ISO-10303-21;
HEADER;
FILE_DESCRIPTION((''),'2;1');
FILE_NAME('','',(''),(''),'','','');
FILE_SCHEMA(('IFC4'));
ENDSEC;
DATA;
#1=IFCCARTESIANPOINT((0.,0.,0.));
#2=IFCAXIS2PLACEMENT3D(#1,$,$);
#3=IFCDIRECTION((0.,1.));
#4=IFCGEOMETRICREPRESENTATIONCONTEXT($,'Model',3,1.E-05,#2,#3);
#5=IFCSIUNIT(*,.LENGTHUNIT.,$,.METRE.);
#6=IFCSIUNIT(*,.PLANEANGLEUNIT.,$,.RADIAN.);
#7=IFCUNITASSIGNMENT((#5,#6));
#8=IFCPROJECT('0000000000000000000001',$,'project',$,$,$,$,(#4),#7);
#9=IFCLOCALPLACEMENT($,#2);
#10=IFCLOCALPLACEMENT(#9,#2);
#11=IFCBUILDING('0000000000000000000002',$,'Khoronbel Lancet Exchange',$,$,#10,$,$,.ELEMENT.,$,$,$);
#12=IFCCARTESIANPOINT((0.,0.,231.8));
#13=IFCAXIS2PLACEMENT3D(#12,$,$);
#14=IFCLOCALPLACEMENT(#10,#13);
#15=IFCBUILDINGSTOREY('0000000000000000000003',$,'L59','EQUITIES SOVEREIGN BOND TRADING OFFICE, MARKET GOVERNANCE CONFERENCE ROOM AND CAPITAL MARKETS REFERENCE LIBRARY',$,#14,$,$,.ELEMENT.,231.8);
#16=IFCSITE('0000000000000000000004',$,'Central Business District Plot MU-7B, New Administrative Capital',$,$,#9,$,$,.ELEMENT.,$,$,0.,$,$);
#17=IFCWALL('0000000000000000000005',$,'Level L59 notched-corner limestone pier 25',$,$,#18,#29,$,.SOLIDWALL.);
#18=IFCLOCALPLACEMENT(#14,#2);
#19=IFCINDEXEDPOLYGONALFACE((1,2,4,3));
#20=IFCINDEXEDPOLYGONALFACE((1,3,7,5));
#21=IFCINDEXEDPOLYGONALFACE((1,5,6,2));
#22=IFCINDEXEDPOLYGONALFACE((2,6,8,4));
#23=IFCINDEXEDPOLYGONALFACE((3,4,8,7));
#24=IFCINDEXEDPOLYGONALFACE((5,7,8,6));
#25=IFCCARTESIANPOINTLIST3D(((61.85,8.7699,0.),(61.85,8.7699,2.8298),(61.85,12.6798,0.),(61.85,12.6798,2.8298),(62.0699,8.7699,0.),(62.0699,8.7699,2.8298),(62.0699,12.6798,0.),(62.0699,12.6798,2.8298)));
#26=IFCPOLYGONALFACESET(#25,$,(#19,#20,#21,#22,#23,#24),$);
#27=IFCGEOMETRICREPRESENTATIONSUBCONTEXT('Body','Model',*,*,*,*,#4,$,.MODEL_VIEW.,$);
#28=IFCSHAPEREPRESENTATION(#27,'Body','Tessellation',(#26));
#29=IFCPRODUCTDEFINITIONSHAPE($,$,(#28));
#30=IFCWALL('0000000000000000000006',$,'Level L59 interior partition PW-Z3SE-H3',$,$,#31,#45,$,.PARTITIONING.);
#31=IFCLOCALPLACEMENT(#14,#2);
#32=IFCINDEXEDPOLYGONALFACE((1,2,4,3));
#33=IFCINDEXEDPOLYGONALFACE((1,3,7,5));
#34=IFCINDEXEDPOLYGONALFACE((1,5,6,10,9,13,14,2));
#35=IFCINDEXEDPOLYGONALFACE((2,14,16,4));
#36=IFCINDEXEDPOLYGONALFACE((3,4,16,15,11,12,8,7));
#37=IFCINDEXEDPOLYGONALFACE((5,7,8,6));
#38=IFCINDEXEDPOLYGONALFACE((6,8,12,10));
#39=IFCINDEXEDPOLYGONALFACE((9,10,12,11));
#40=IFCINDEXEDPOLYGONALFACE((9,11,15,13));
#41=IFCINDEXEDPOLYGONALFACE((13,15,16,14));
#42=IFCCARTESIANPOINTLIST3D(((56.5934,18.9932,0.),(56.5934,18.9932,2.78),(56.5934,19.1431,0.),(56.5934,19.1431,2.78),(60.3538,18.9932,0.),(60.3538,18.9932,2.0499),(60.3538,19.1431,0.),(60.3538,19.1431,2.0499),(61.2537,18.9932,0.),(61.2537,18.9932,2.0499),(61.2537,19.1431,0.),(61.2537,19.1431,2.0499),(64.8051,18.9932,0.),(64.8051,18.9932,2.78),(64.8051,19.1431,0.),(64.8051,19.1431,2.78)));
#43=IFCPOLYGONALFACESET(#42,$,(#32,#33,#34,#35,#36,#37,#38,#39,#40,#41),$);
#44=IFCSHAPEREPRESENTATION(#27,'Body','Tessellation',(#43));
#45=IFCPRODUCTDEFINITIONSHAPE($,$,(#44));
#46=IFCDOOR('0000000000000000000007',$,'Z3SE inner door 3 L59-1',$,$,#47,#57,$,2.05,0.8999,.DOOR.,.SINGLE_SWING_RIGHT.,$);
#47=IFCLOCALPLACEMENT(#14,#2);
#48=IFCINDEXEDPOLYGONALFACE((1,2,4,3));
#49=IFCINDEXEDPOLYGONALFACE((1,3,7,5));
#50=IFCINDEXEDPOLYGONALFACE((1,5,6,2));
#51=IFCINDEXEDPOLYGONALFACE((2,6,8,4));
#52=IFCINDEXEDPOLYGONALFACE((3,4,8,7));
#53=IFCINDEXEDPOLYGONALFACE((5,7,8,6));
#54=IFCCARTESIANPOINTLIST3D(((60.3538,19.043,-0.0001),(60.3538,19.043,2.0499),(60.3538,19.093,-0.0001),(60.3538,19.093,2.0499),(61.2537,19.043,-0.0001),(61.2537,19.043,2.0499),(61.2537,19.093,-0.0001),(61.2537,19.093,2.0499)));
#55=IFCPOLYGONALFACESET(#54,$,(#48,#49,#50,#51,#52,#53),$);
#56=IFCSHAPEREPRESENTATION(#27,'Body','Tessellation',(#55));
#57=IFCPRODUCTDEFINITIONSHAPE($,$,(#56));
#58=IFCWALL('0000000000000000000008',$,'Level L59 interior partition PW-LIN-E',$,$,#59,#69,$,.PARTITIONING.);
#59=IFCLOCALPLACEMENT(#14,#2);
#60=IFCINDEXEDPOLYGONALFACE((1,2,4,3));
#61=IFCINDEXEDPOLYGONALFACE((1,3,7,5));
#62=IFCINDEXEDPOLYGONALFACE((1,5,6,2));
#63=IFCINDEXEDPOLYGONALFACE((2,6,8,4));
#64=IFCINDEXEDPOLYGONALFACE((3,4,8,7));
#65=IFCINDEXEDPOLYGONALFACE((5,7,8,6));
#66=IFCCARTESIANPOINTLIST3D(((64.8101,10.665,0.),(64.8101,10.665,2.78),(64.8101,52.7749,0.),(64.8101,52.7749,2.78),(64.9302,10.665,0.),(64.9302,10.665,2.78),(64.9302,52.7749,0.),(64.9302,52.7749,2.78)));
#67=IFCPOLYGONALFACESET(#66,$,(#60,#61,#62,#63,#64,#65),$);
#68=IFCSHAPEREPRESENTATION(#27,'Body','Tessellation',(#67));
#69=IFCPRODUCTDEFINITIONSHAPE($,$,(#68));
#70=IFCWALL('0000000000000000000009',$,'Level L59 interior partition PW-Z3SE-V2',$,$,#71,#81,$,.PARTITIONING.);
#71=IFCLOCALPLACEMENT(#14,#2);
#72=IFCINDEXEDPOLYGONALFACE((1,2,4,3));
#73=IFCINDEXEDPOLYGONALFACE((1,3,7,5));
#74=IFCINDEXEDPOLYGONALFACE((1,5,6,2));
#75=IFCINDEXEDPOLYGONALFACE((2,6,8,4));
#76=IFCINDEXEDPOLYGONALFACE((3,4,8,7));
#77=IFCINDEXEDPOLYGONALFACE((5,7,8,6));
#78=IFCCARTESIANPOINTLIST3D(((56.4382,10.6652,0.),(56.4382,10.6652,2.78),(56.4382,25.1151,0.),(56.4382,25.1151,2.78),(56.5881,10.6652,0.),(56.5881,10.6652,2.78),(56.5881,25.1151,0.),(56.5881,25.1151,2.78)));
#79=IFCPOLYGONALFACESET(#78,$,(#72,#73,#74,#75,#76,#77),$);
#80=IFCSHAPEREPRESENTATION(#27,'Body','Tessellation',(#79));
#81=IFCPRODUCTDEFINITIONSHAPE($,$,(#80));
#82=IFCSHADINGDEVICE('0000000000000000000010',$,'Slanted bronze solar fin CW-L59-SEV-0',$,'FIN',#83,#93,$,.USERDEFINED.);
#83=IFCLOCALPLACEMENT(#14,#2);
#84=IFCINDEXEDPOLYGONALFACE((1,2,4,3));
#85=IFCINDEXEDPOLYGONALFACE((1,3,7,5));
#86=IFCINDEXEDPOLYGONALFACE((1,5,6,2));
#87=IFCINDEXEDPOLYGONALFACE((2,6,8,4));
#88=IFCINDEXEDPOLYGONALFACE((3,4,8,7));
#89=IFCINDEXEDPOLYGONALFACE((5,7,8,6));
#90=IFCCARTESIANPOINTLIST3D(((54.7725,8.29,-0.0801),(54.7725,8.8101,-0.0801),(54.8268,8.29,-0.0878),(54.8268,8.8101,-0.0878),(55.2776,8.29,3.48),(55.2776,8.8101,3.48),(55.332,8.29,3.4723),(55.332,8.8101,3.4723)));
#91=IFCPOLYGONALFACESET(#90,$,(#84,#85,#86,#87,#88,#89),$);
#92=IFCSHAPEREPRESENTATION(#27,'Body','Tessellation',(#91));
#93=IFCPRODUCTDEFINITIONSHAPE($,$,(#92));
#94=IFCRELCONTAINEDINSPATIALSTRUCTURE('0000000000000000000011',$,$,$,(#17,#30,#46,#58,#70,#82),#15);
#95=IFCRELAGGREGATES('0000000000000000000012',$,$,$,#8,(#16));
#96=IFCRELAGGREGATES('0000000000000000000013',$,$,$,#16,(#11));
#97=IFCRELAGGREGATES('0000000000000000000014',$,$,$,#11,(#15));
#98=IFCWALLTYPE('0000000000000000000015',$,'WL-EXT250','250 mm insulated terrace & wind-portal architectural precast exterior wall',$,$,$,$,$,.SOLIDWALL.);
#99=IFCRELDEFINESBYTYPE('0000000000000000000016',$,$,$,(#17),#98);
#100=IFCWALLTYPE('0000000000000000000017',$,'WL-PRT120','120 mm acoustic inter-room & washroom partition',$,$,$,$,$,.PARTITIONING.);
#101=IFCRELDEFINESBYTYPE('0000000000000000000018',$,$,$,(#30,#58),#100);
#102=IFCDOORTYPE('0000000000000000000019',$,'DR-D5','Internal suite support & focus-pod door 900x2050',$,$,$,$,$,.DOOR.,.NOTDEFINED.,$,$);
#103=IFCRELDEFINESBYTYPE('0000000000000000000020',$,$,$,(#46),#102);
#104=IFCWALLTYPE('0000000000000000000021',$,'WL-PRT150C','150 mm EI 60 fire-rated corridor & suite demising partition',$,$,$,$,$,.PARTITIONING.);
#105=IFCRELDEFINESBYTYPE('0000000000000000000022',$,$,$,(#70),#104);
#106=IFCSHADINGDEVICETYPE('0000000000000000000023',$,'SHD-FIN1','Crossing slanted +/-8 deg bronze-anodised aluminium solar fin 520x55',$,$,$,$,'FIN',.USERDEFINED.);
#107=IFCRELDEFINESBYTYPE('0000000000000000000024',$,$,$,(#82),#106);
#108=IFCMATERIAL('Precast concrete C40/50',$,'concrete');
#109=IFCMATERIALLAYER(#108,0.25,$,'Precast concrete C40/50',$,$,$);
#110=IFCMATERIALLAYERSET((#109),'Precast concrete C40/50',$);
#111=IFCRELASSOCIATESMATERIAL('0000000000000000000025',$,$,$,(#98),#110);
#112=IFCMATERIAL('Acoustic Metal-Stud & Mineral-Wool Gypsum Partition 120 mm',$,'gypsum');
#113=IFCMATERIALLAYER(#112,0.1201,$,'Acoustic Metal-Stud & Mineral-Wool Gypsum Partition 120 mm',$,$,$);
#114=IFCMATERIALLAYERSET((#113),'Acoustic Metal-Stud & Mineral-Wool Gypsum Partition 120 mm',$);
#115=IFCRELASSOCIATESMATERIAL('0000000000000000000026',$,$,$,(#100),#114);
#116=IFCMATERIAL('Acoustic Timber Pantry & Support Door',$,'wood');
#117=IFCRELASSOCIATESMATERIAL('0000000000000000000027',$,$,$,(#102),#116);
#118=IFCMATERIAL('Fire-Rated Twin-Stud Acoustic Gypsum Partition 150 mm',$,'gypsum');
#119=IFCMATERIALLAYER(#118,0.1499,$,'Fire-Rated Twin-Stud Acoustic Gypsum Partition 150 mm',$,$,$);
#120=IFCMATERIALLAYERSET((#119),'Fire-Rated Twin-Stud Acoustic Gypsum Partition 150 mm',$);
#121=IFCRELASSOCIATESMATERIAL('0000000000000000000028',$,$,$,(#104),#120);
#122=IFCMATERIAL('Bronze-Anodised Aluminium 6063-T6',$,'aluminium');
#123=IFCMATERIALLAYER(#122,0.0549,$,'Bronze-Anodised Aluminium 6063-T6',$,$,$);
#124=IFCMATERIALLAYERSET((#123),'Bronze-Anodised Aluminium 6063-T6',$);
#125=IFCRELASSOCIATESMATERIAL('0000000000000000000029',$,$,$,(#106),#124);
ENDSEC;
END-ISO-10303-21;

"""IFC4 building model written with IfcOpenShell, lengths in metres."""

from ifc_helpers import new_model, si_unit, direction, frame, frame_2d, origin, place, context, subcontext, project, spatial, polyline, rectangle, outline, extrude, material, layer, layer_set, type_object, element, fill, save


model = new_model("IFC4")

# Units and contexts
model_context = context("Model", 3, precision=1e-05, world=origin(), true_north=direction((0.0, 1.0)))
body_context = subcontext(model_context, "Body", "Model", "MODEL_VIEW")
ifc_project = project(units=[si_unit("LENGTHUNIT", "METRE"), si_unit("PLANEANGLEUNIT", "RADIAN")], contexts=[model_context])

# Site, building, storey
site_placement = place(None, origin())
site = spatial("IfcSite", under=ifc_project, at=site_placement, Name="Central Business District Plot MU-7B, New Administrative Capital", CompositionType="ELEMENT", RefElevation=0.0)
building_placement = place(site_placement, origin())
building = spatial("IfcBuilding", under=site, at=building_placement, Name="Khoronbel Lancet Exchange", CompositionType="ELEMENT")
storey_placement = place(building_placement, frame((0.0, 0.0, 231.8)))
storey = spatial("IfcBuildingStorey", under=building, at=storey_placement, Name="L59", Description="EQUITIES SOVEREIGN BOND TRADING OFFICE, MARKET GOVERNANCE CONFERENCE ROOM AND CAPITAL MARKETS REFERENCE LIBRARY", CompositionType="ELEMENT", Elevation=231.8)

# Shared definitions
ifc_material_1 = material(Name="Bronze-Anodised Aluminium 6063-T6", Category="aluminium")

# Wall
ifc_material_2 = material(Name="Precast concrete C40/50", Category="concrete")
ifc_layer_1 = layer(ifc_material_2, 0.25, Name="Precast concrete C40/50")
ifc_layer_set_1 = layer_set([ifc_layer_1], Name="Precast concrete C40/50")
wall_type_1 = type_object("IfcWallType", Name="WL-EXT250", Description="250 mm insulated terrace & wind-portal architectural precast exterior wall", PredefinedType="SOLIDWALL", material=ifc_layer_set_1)
wall_1_placement = place(storey_placement, frame((61.96, 12.6799, 0.0), z_axis=(0.0, 0.0, 1.0), x_axis=(0.0, -1.0, 0.0)))
element("IfcWall", 1, at=wall_1_placement, inside=storey, type_object=wall_type_1, Name="Level L59 notched-corner limestone pier 25", PredefinedType="SOLIDWALL", context=body_context, shape_type="SweptSolid", body=[
    extrude(rectangle(XDim=3.9099, YDim=0.22, at=frame_2d((1.9551, 0.0))), origin(), (0.0, 0.0, 1.0), 2.8298),
])

# Wall, opening, door
ifc_material_3 = material(Name="Acoustic Metal-Stud & Mineral-Wool Gypsum Partition 120 mm", Category="gypsum")
ifc_layer_2 = layer(ifc_material_3, 0.1201, Name="Acoustic Metal-Stud & Mineral-Wool Gypsum Partition 120 mm")
ifc_layer_set_2 = layer_set([ifc_layer_2], Name="Acoustic Metal-Stud & Mineral-Wool Gypsum Partition 120 mm")
wall_type_2 = type_object("IfcWallType", Name="WL-PRT120", Description="120 mm acoustic inter-room & washroom partition", PredefinedType="PARTITIONING", material=ifc_layer_set_2)
wall_2_placement = place(storey_placement, frame((56.5933, 19.0681, 0.0), z_axis=(0.0, 0.0, 1.0), x_axis=(1.0, 0.0, 0.0)))
wall_2 = element("IfcWall", 2, at=wall_2_placement, inside=storey, type_object=wall_type_2, Name="Level L59 interior partition PW-Z3SE-H3", PredefinedType="PARTITIONING", context=body_context, shape_type="SweptSolid", body=[
    extrude(rectangle(XDim=8.2117, YDim=0.1499, at=frame_2d((4.106, 0.0))), origin(), (0.0, 0.0, 1.0), 2.78),
])
opening_placement = place(wall_2_placement, frame((3.7605, 0.0, 0.0)))
opening = element("IfcOpeningElement", 3, at=opening_placement, cuts=wall_2, PredefinedType="OPENING", context=body_context, shape_type="SweptSolid", body=[
    extrude(rectangle(XDim=0.8999, YDim=2.05, at=frame_2d((0.45, 1.0249))), frame((0.0, 0.085, 0.0), z_axis=(0.0, -1.0, 0.0), x_axis=(1.0, 0.0, 0.0)), (0.0, 0.0, 1.0), 0.1699),
])
ifc_material_4 = material(Name="Acoustic Timber Pantry & Support Door", Category="wood")
door_type = type_object("IfcDoorType", Name="DR-D5", Description="Internal suite support & focus-pod door 900x2050", OperationType="NOTDEFINED", PredefinedType="DOOR", material=ifc_material_4)
door_placement = place(opening_placement, origin())
door = element("IfcDoor", 4, at=door_placement, inside=storey, type_object=door_type, Name="Z3SE inner door 3 L59-1", OperationType="SINGLE_SWING_RIGHT", OverallHeight=2.05, OverallWidth=0.8999, PredefinedType="DOOR", context=body_context, shape_type="SweptSolid", body=[
    extrude(rectangle(XDim=0.8999, YDim=2.05, at=frame_2d((0.45, 1.0249))), frame((0.0, 0.0249, 0.0), z_axis=(0.0, -1.0, 0.0), x_axis=(1.0, 0.0, 0.0)), (0.0, 0.0, 1.0), 0.05),
])
fill(opening, door)

# Walls
wall_3_placement = place(storey_placement, frame((64.8701, 10.665, 0.0), z_axis=(0.0, 0.0, 1.0), x_axis=(0.0, 1.0, 0.0)))
element("IfcWall", 5, at=wall_3_placement, inside=storey, type_object=wall_type_2, Name="Level L59 interior partition PW-LIN-E", PredefinedType="PARTITIONING", context=body_context, shape_type="SweptSolid", body=[
    extrude(rectangle(XDim=42.1099, YDim=0.1201, at=frame_2d((21.0549, 0.0))), origin(), (0.0, 0.0, 1.0), 2.78),
])
ifc_material_5 = material(Name="Fire-Rated Twin-Stud Acoustic Gypsum Partition 150 mm", Category="gypsum")
ifc_layer_3 = layer(ifc_material_5, 0.1499, Name="Fire-Rated Twin-Stud Acoustic Gypsum Partition 150 mm")
ifc_layer_set_3 = layer_set([ifc_layer_3], Name="Fire-Rated Twin-Stud Acoustic Gypsum Partition 150 mm")
wall_type_3 = type_object("IfcWallType", Name="WL-PRT150C", Description="150 mm EI 60 fire-rated corridor & suite demising partition", PredefinedType="PARTITIONING", material=ifc_layer_set_3)
wall_4_placement = place(storey_placement, frame((56.5132, 10.665, 0.0), z_axis=(0.0, 0.0, 1.0), x_axis=(0.0, 1.0, 0.0)))
element("IfcWall", 6, at=wall_4_placement, inside=storey, type_object=wall_type_3, Name="Level L59 interior partition PW-Z3SE-V2", PredefinedType="PARTITIONING", context=body_context, shape_type="SweptSolid", body=[
    extrude(rectangle(XDim=14.45, YDim=0.1499, at=frame_2d((7.2251, 0.0))), origin(), (0.0, 0.0, 1.0), 2.78),
])

# Shading device
ifc_layer_4 = layer(ifc_material_1, 0.0549, Name="Bronze-Anodised Aluminium 6063-T6")
ifc_layer_set_4 = layer_set([ifc_layer_4], Name="Bronze-Anodised Aluminium 6063-T6")
shading_device_type = type_object("IfcShadingDeviceType", Name="SHD-FIN1", Description="Crossing slanted +/-8 deg bronze-anodised aluminium solar fin 520x55", ElementType="FIN", PredefinedType="USERDEFINED", material=ifc_layer_set_4)
shading_device_placement = place(storey_placement, frame((54.7725, 8.8101, -0.0801), z_axis=(-0.990083, 0.0, 0.14048), x_axis=(0.0, -1.0, 0.0)))
element("IfcShadingDevice", 7, at=shading_device_placement, inside=storey, type_object=shading_device_type, Name="Slanted bronze solar fin CW-L59-SEV-0", ObjectType="FIN", PredefinedType="USERDEFINED", context=body_context, shape_type="SweptSolid", body=[
    extrude(outline(polyline([(0.0, 0.0), (0.52, 0.0), (0.52, 3.5957), (0.0, 3.5957), (0.0, 0.0)])), origin(), (0.0, 0.0, -1.0), 0.0549),
])

save(model, "model.ifc")
